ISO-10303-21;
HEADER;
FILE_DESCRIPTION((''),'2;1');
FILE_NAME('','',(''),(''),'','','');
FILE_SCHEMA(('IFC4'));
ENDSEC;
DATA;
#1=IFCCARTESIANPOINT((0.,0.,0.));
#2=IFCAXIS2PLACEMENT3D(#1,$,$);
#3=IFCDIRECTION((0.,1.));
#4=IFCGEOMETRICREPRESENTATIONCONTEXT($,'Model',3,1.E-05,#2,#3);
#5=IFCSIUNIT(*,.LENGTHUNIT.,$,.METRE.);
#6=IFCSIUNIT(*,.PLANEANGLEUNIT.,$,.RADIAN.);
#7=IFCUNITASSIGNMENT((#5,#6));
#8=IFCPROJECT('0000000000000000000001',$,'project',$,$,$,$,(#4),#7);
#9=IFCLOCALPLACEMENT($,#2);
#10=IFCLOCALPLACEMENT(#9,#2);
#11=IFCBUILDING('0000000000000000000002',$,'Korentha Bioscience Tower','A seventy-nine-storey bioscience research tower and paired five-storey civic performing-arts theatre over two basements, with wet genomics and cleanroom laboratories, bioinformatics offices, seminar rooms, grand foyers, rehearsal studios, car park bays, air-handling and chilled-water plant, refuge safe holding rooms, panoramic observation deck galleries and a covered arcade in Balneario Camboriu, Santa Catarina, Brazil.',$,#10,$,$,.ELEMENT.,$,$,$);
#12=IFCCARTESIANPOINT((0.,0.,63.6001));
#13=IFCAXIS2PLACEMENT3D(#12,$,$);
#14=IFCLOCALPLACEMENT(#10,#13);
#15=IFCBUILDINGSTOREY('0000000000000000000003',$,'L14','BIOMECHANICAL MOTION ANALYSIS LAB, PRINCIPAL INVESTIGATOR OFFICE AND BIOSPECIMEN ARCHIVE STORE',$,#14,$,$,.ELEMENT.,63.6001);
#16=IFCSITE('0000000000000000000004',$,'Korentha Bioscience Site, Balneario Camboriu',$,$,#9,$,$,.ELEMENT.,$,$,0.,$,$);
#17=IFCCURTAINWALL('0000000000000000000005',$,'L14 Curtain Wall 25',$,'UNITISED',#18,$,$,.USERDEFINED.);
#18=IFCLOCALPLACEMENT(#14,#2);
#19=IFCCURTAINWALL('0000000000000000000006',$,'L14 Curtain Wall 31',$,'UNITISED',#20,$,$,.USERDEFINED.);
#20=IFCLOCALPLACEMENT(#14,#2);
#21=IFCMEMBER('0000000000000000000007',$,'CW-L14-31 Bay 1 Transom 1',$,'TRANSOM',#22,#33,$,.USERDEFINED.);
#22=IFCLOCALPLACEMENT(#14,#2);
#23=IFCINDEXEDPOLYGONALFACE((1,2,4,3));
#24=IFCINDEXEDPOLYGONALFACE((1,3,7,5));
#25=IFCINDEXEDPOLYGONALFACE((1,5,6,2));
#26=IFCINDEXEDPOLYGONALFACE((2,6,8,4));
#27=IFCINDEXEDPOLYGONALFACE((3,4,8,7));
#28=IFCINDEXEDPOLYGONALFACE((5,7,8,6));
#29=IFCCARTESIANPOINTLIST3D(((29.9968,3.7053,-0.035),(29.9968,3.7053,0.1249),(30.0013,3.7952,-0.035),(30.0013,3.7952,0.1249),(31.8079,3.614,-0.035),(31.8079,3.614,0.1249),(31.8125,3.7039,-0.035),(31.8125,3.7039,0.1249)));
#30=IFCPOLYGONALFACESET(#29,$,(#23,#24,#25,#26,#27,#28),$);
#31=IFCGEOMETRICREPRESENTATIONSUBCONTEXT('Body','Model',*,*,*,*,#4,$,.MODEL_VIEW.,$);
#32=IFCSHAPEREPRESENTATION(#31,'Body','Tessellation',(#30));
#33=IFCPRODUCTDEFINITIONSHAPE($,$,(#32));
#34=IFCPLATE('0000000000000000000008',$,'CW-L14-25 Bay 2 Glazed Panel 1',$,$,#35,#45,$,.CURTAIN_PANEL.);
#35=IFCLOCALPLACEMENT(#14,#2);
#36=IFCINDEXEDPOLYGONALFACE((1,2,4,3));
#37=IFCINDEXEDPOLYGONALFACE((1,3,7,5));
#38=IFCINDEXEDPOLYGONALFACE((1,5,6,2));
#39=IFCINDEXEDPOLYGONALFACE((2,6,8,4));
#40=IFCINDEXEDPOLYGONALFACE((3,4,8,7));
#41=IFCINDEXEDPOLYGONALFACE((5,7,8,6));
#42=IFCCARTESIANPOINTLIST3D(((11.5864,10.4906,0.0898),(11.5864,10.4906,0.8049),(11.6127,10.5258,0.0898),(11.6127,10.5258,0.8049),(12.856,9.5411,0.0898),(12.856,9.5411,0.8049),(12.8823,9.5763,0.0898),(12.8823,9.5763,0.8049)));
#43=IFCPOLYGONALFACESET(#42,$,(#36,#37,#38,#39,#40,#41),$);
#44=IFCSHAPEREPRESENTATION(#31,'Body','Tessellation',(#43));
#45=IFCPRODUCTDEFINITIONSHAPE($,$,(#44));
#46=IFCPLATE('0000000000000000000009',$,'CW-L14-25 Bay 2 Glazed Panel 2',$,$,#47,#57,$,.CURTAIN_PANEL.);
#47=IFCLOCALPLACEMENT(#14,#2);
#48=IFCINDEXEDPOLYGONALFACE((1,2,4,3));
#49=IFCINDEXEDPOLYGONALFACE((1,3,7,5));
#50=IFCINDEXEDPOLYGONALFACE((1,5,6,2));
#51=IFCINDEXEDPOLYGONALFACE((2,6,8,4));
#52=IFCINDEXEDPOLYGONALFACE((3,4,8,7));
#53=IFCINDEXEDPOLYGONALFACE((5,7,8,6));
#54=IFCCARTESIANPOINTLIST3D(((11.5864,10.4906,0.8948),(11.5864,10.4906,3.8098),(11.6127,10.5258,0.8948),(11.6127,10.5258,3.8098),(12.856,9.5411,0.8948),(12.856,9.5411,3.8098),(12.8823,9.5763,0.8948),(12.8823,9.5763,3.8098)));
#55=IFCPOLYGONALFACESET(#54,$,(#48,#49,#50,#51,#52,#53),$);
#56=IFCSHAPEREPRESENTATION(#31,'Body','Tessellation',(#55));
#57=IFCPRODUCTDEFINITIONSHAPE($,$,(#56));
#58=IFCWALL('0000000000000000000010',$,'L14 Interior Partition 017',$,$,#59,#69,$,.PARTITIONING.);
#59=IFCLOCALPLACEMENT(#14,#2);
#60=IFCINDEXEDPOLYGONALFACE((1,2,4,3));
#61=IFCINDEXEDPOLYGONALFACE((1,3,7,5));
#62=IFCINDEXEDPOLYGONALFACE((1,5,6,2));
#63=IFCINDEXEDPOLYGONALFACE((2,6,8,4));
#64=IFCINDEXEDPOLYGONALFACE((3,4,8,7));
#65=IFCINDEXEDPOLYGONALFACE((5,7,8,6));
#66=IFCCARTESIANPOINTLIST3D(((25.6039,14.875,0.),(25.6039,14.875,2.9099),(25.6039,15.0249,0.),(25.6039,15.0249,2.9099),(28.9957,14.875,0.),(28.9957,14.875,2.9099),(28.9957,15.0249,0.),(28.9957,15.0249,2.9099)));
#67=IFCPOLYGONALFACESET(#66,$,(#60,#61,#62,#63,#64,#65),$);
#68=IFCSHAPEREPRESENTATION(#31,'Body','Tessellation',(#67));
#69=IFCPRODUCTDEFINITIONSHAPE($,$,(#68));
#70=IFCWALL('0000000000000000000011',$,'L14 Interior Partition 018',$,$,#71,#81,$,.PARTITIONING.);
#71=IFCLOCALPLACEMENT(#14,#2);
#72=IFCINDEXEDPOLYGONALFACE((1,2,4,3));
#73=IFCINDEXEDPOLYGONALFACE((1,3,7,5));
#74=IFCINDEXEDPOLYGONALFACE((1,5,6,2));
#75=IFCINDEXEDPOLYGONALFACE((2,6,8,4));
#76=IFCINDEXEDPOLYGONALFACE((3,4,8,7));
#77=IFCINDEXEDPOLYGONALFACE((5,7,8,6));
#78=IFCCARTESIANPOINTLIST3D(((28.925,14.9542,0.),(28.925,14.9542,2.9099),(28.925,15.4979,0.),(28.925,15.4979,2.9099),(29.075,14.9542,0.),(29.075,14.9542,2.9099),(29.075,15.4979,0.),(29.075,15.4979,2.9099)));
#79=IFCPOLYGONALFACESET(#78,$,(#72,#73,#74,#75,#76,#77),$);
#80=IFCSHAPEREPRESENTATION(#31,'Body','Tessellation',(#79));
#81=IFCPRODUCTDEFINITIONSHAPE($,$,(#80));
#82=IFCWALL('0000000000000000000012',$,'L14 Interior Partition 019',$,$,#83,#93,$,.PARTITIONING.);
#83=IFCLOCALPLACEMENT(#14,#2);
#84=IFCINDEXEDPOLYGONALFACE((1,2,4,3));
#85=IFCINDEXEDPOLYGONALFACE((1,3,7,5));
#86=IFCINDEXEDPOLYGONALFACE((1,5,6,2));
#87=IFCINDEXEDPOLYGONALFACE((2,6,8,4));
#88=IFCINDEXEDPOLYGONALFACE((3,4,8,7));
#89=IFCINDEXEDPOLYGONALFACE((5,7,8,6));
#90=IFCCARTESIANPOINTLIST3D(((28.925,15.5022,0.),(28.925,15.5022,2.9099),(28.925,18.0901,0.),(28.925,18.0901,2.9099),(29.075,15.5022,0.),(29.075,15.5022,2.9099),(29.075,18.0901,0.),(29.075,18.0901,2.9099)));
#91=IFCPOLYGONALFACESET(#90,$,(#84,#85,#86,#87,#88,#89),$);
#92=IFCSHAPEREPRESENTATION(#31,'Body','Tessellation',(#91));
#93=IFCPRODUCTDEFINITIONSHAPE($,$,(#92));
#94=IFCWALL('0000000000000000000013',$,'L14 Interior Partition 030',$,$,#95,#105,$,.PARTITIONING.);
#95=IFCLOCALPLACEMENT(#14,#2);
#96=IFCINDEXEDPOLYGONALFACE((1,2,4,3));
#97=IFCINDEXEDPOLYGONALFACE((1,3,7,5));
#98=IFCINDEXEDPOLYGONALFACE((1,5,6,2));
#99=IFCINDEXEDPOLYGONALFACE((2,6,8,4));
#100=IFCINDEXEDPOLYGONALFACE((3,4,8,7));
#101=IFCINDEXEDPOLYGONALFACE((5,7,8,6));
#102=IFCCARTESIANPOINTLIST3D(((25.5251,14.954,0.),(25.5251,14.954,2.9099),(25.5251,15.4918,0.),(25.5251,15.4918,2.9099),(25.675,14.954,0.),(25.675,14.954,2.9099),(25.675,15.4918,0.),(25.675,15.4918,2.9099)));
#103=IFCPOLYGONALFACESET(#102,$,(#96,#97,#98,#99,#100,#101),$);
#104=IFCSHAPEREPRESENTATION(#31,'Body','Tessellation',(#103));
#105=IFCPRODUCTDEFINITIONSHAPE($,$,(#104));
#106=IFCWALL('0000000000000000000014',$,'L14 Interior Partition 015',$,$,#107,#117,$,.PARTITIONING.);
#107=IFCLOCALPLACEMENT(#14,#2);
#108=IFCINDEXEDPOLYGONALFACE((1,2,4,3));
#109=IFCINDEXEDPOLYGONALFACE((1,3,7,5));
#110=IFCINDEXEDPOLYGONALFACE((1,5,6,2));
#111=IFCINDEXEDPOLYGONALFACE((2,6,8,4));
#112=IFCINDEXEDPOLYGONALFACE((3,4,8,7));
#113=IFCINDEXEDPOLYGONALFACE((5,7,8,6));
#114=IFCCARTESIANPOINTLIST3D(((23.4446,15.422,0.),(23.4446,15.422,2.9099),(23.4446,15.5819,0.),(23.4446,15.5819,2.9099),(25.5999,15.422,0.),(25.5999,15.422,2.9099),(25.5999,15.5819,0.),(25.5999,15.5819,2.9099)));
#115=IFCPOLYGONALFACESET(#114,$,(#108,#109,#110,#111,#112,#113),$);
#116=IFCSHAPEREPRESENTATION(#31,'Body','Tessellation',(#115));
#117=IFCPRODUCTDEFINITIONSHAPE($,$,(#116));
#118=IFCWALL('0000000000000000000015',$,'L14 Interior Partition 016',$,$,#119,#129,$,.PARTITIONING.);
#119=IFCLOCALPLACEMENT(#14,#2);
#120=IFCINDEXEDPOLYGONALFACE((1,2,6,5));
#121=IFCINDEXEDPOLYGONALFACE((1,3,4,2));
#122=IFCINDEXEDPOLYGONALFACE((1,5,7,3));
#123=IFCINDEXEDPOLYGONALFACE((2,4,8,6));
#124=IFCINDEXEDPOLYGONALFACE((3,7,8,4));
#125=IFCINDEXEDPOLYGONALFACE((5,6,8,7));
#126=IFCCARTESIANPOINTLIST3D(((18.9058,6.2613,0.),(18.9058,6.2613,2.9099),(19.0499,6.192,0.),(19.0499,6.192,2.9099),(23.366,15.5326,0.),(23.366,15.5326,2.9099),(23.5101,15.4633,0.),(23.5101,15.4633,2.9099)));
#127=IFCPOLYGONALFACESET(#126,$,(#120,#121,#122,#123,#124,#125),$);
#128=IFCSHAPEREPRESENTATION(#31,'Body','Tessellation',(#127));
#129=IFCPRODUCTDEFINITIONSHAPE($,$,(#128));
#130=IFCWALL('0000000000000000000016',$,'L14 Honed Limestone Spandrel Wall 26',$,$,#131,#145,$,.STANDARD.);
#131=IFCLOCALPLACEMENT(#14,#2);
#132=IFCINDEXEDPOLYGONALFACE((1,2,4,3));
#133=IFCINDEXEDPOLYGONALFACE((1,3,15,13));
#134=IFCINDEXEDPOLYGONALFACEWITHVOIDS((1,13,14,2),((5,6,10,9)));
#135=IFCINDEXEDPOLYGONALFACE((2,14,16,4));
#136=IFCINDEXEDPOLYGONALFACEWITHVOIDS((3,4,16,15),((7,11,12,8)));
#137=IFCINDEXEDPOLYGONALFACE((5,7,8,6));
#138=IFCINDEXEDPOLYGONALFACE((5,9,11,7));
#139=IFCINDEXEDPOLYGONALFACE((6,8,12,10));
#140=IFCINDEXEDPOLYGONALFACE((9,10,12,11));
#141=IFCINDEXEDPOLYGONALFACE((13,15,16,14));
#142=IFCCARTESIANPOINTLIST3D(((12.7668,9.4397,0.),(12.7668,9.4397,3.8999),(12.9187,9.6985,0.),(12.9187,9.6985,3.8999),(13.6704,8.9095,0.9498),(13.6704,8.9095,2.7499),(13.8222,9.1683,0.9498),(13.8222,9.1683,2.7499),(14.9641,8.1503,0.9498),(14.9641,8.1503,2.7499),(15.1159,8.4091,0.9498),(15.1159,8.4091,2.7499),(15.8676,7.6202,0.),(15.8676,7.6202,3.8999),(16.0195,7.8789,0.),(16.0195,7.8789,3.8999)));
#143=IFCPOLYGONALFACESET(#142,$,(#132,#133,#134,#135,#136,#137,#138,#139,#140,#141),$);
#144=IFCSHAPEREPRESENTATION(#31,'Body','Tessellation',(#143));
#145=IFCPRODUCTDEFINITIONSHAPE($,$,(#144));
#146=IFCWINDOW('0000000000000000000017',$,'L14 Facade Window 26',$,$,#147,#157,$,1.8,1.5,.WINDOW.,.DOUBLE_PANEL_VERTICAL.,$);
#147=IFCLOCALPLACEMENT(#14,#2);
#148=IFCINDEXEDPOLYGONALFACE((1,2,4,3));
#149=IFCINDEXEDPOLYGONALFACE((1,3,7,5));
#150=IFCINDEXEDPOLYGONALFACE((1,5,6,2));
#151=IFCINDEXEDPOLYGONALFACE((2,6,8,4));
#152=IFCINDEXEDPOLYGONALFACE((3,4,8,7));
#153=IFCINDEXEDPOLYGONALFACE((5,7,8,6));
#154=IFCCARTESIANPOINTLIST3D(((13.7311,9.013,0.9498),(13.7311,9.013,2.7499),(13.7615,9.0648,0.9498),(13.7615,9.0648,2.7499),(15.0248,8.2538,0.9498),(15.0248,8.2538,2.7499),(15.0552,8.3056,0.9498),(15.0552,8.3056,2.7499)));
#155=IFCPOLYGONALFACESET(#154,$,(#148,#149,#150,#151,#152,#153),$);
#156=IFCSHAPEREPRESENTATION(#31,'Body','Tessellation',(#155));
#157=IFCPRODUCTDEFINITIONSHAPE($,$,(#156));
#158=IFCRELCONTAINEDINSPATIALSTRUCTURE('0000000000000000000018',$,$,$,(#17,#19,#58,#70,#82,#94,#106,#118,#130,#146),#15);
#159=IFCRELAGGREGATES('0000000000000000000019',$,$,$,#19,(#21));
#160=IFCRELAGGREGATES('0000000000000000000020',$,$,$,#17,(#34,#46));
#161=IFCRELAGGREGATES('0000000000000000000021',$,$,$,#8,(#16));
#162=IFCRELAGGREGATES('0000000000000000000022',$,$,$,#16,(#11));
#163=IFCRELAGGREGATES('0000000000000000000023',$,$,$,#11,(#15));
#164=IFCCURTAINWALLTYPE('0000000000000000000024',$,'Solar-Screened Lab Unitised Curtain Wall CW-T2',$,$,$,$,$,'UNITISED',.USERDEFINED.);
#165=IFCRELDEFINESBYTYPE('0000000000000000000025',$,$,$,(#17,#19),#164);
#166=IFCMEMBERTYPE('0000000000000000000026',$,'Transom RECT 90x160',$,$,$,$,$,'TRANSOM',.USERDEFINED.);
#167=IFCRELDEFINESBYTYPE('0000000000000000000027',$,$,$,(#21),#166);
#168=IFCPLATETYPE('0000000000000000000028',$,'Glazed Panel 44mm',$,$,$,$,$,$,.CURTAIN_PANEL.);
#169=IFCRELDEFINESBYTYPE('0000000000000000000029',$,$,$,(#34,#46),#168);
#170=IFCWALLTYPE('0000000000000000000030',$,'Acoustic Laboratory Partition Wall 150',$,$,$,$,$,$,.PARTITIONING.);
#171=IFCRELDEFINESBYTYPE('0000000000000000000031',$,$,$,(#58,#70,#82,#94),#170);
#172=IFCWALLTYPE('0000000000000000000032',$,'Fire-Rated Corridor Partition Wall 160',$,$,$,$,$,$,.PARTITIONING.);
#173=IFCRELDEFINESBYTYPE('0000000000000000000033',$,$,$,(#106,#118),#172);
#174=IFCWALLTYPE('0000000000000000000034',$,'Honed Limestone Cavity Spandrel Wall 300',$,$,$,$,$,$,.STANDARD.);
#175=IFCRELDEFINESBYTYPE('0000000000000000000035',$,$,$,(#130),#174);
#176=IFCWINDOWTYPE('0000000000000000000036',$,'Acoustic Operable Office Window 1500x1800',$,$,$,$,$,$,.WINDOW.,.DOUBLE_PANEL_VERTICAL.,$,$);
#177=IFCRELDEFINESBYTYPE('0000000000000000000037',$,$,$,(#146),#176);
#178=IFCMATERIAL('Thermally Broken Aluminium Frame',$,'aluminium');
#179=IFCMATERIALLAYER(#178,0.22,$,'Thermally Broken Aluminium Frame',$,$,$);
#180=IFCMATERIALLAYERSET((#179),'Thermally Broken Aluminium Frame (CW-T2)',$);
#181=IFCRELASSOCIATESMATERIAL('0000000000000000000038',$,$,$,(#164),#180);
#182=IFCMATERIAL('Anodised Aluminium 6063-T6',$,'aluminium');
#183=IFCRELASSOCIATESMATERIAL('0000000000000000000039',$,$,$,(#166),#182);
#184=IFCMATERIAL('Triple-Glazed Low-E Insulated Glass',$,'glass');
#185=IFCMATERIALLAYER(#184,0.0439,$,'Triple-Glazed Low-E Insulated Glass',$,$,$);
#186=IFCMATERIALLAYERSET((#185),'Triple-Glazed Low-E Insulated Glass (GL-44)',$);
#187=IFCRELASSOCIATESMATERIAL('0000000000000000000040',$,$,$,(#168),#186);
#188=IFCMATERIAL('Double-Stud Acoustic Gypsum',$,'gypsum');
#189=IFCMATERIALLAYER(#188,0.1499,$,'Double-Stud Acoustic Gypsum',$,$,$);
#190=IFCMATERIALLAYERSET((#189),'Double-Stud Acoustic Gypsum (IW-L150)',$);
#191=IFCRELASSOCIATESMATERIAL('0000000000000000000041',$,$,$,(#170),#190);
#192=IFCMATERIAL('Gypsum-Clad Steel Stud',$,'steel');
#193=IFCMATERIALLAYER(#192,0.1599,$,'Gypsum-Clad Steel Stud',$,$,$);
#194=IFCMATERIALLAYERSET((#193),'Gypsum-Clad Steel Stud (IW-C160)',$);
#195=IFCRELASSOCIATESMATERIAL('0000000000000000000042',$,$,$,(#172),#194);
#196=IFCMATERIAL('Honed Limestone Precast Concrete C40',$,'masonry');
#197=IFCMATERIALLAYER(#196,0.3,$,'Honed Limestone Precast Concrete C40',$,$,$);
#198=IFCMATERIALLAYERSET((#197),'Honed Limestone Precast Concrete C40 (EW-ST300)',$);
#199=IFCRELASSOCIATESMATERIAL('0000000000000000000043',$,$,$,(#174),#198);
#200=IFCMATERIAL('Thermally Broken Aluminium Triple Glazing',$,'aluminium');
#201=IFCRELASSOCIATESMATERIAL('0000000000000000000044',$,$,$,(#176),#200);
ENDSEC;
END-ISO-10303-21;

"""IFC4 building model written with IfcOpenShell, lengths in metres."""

from ifc_helpers import new_model, si_unit, direction, frame, frame_2d, origin, origin_2d, place, context, subcontext, project, spatial, rectangle, extrude, material, layer, layer_set, material_profile, profile_set, type_object, element, fill, aggregate, save


model = new_model("IFC4")

# Units and contexts
model_context = context("Model", 3, precision=1e-05, world=origin(), true_north=direction((0.0, 1.0)))
body_context = subcontext(model_context, "Body", "Model", "MODEL_VIEW")
ifc_project = project(units=[si_unit("LENGTHUNIT", "METRE"), si_unit("PLANEANGLEUNIT", "RADIAN")], contexts=[model_context])

# Site, building, storey
site_placement = place(None, origin())
site = spatial("IfcSite", under=ifc_project, at=site_placement, Name="Korentha Bioscience Site, Balneario Camboriu", CompositionType="ELEMENT", RefElevation=0.0)
building_placement = place(site_placement, origin())
building = spatial("IfcBuilding", under=site, at=building_placement, Name="Korentha Bioscience Tower", Description="A seventy-nine-storey bioscience research tower and paired five-storey civic performing-arts theatre over two basements, with wet genomics and cleanroom laboratories, bioinformatics offices, seminar rooms, grand foyers, rehearsal studios, car park bays, air-handling and chilled-water plant, refuge safe holding rooms, panoramic observation deck galleries and a covered arcade in Balneario Camboriu, Santa Catarina, Brazil.", CompositionType="ELEMENT")
storey_placement = place(building_placement, frame((0.0, 0.0, 63.6001)))
storey = spatial("IfcBuildingStorey", under=building, at=storey_placement, Name="L14", Description="BIOMECHANICAL MOTION ANALYSIS LAB, PRINCIPAL INVESTIGATOR OFFICE AND BIOSPECIMEN ARCHIVE STORE", CompositionType="ELEMENT", Elevation=63.6001)

# Curtain walls
ifc_material_1 = material(Name="Thermally Broken Aluminium Frame", Category="aluminium")
ifc_layer_1 = layer(ifc_material_1, 0.22, Name="Thermally Broken Aluminium Frame")
ifc_layer_set_1 = layer_set([ifc_layer_1], Name="Thermally Broken Aluminium Frame (CW-T2)")
curtain_wall_type = type_object("IfcCurtainWallType", Name="Solar-Screened Lab Unitised Curtain Wall CW-T2", ElementType="UNITISED", PredefinedType="USERDEFINED", material=ifc_layer_set_1)
curtain_wall_1_placement = place(storey_placement, origin())
curtain_wall_1 = element("IfcCurtainWall", 1, at=curtain_wall_1_placement, inside=storey, type_object=curtain_wall_type, Name="L14 Curtain Wall 25", ObjectType="UNITISED", PredefinedType="USERDEFINED")
ifc_material_2 = material(Name="Anodised Aluminium 6063-T6", Category="aluminium")
curtain_wall_2_placement = place(storey_placement, origin())
curtain_wall_2 = element("IfcCurtainWall", 2, at=curtain_wall_2_placement, inside=storey, type_object=curtain_wall_type, Name="L14 Curtain Wall 31", ObjectType="UNITISED", PredefinedType="USERDEFINED")

# Member
ifc_material_profile_1 = material_profile(ifc_material_2, rectangle(XDim=0.0901, YDim=0.1599, at=origin_2d()), Name="Anodised Aluminium 6063-T6")
ifc_profile_set_1 = profile_set([ifc_material_profile_1], Name="Anodised Aluminium 6063-T6 (CW-TRN)")
member_type_1 = type_object("IfcMemberType", Name="Transom RECT 90x160", ElementType="TRANSOM", PredefinedType="USERDEFINED", material=ifc_profile_set_1)
member_1_placement = place(storey_placement, frame((29.999, 3.7502, 0.0449), z_axis=(0.998732, -0.050347, 0.0), x_axis=(0.050347, 0.998732, 0.0)))
member_1 = element("IfcMember", 3, at=member_1_placement, type_object=member_type_1, Name="CW-L14-31 Bay 1 Transom 1", ObjectType="TRANSOM", PredefinedType="USERDEFINED", context=body_context, shape_type="SweptSolid", body=[
    extrude(rectangle(XDim=0.0901, YDim=0.1599, at=origin_2d()), origin(), (0.0, 0.0, 1.0), 1.8135),
])
aggregate(curtain_wall_2, [member_1])

# Plates
ifc_material_3 = material(Name="Triple-Glazed Low-E Insulated Glass", Category="glass")
ifc_layer_2 = layer(ifc_material_3, 0.0439, Name="Triple-Glazed Low-E Insulated Glass")
ifc_layer_set_2 = layer_set([ifc_layer_2], Name="Triple-Glazed Low-E Insulated Glass (GL-44)")
plate_type = type_object("IfcPlateType", Name="Glazed Panel 44mm", PredefinedType="CURTAIN_PANEL", material=ifc_layer_set_2)
plate_1_placement = place(storey_placement, frame((12.2344, 10.0334, 0.0898), z_axis=(0.0, 0.0, 1.0), x_axis=(0.800798, -0.598935, 0.0)))
plate_1 = element("IfcPlate", 4, at=plate_1_placement, type_object=plate_type, Name="CW-L14-25 Bay 2 Glazed Panel 1", PredefinedType="CURTAIN_PANEL", context=body_context, shape_type="SweptSolid", body=[
    extrude(rectangle(XDim=1.5854, YDim=0.0439, at=origin_2d()), origin(), (0.0, 0.0, 1.0), 0.7151),
])
plate_2_placement = place(storey_placement, frame((12.2344, 10.0334, 0.8948), z_axis=(0.0, 0.0, 1.0), x_axis=(0.800798, -0.598935, 0.0)))
plate_2 = element("IfcPlate", 5, at=plate_2_placement, type_object=plate_type, Name="CW-L14-25 Bay 2 Glazed Panel 2", PredefinedType="CURTAIN_PANEL", context=body_context, shape_type="SweptSolid", body=[
    extrude(rectangle(XDim=1.5854, YDim=0.0439, at=origin_2d()), origin(), (0.0, 0.0, 1.0), 2.915),
])
aggregate(curtain_wall_1, [plate_1, plate_2])

# Walls
ifc_material_4 = material(Name="Double-Stud Acoustic Gypsum", Category="gypsum")
ifc_layer_3 = layer(ifc_material_4, 0.1499, Name="Double-Stud Acoustic Gypsum")
ifc_layer_set_3 = layer_set([ifc_layer_3], Name="Double-Stud Acoustic Gypsum (IW-L150)")
wall_type_1 = type_object("IfcWallType", Name="Acoustic Laboratory Partition Wall 150", PredefinedType="PARTITIONING", material=ifc_layer_set_3)
wall_1_placement = place(storey_placement, frame((25.604, 14.95, 0.0), z_axis=(0.0, 0.0, 1.0), x_axis=(1.0, 0.0, 0.0)))
element("IfcWall", 6, at=wall_1_placement, inside=storey, type_object=wall_type_1, Name="L14 Interior Partition 017", PredefinedType="PARTITIONING", context=body_context, shape_type="SweptSolid", body=[
    extrude(rectangle(XDim=3.3918, YDim=0.1499, at=frame_2d((1.6958, 0.0))), origin(), (0.0, 0.0, 1.0), 2.9099),
])
wall_2_placement = place(storey_placement, frame((29.0, 14.9541, 0.0), z_axis=(0.0, 0.0, 1.0), x_axis=(0.0, 1.0, 0.0)))
element("IfcWall", 7, at=wall_2_placement, inside=storey, type_object=wall_type_1, Name="L14 Interior Partition 018", PredefinedType="PARTITIONING", context=body_context, shape_type="SweptSolid", body=[
    extrude(rectangle(XDim=0.5437, YDim=0.1499, at=frame_2d((0.272, 0.0))), origin(), (0.0, 0.0, 1.0), 2.9099),
])
wall_3_placement = place(storey_placement, frame((29.0, 15.5022, 0.0), z_axis=(0.0, 0.0, 1.0), x_axis=(0.0, 1.0, 0.0)))
element("IfcWall", 8, at=wall_3_placement, inside=storey, type_object=wall_type_1, Name="L14 Interior Partition 019", PredefinedType="PARTITIONING", context=body_context, shape_type="SweptSolid", body=[
    extrude(rectangle(XDim=2.5879, YDim=0.1499, at=frame_2d((1.2939, 0.0))), origin(), (0.0, 0.0, 1.0), 2.9099),
])
wall_4_placement = place(storey_placement, frame((25.6001, 15.4919, 0.0), z_axis=(0.0, 0.0, 1.0), x_axis=(0.0, -1.0, 0.0)))
element("IfcWall", 9, at=wall_4_placement, inside=storey, type_object=wall_type_1, Name="L14 Interior Partition 030", PredefinedType="PARTITIONING", context=body_context, shape_type="SweptSolid", body=[
    extrude(rectangle(XDim=0.5378, YDim=0.1499, at=frame_2d((0.269, 0.0))), origin(), (0.0, 0.0, 1.0), 2.9099),
])
ifc_material_5 = material(Name="Gypsum-Clad Steel Stud", Category="steel")
ifc_layer_4 = layer(ifc_material_5, 0.1599, Name="Gypsum-Clad Steel Stud")
ifc_layer_set_4 = layer_set([ifc_layer_4], Name="Gypsum-Clad Steel Stud (IW-C160)")
wall_type_2 = type_object("IfcWallType", Name="Fire-Rated Corridor Partition Wall 160", PredefinedType="PARTITIONING", material=ifc_layer_set_4)
wall_5_placement = place(storey_placement, frame((25.5999, 15.502, 0.0), z_axis=(0.0, 0.0, 1.0), x_axis=(-1.0, 0.0, 0.0)))
element("IfcWall", 10, at=wall_5_placement, inside=storey, type_object=wall_type_2, Name="L14 Interior Partition 015", PredefinedType="PARTITIONING", context=body_context, shape_type="SweptSolid", body=[
    extrude(rectangle(XDim=2.1553, YDim=0.1599, at=frame_2d((1.0776, 0.0))), origin(), (0.0, 0.0, 1.0), 2.9099),
])
wall_6_placement = place(storey_placement, frame((23.438, 15.4978, 0.0), z_axis=(0.0, 0.0, 1.0), x_axis=(-0.433522, -0.901143, 0.0)))
element("IfcWall", 11, at=wall_6_placement, inside=storey, type_object=wall_type_2, Name="L14 Interior Partition 016", PredefinedType="PARTITIONING", context=body_context, shape_type="SweptSolid", body=[
    extrude(rectangle(XDim=10.2883, YDim=0.1599, at=frame_2d((5.144, 0.0))), origin(), (0.0, 0.0, 1.0), 2.9099),
])

# Wall, opening, window
ifc_material_6 = material(Name="Honed Limestone Precast Concrete C40", Category="masonry")
ifc_layer_5 = layer(ifc_material_6, 0.3, Name="Honed Limestone Precast Concrete C40")
ifc_layer_set_5 = layer_set([ifc_layer_5], Name="Honed Limestone Precast Concrete C40 (EW-ST300)")
wall_type_3 = type_object("IfcWallType", Name="Honed Limestone Cavity Spandrel Wall 300", PredefinedType="STANDARD", material=ifc_layer_set_5)
wall_7_placement = place(storey_placement, frame((12.8428, 9.5691, 0.0), z_axis=(0.0, 0.0, 1.0), x_axis=(0.862473, -0.506103, 0.0)))
wall_7 = element("IfcWall", 12, at=wall_7_placement, inside=storey, type_object=wall_type_3, Name="L14 Honed Limestone Spandrel Wall 26", PredefinedType="STANDARD", context=body_context, shape_type="SweptSolid", body=[
    extrude(rectangle(XDim=3.5952, YDim=0.3, at=frame_2d((1.7976, 0.0))), origin(), (0.0, 0.0, 1.0), 3.8999),
])
opening_1_placement = place(wall_7_placement, frame((1.0476, 0.0, 0.95)))
opening_1 = element("IfcOpeningElement", 13, at=opening_1_placement, cuts=wall_7, PredefinedType="OPENING", context=body_context, shape_type="SweptSolid", body=[
    extrude(rectangle(XDim=1.5, YDim=1.8, at=frame_2d((0.75, 0.8999))), frame((0.0, 0.165, 0.0), z_axis=(0.0, -1.0, 0.0), x_axis=(1.0, 0.0, 0.0)), (0.0, 0.0, 1.0), 0.3298),
])
ifc_material_7 = material(Name="Thermally Broken Aluminium Triple Glazing", Category="aluminium")
window_type = type_object("IfcWindowType", Name="Acoustic Operable Office Window 1500x1800", PartitioningType="DOUBLE_PANEL_VERTICAL", PredefinedType="WINDOW", material=ifc_material_7)
window_1_placement = place(opening_1_placement, origin())
window_1 = element("IfcWindow", 14, at=window_1_placement, inside=storey, type_object=window_type, Name="L14 Facade Window 26", OverallHeight=1.8, OverallWidth=1.5, PartitioningType="DOUBLE_PANEL_VERTICAL", PredefinedType="WINDOW", context=body_context, shape_type="SweptSolid", body=[
    extrude(rectangle(XDim=1.5, YDim=1.8, at=frame_2d((0.75, 0.8999))), frame((0.0, 0.03, 0.0), z_axis=(0.0, -1.0, 0.0), x_axis=(1.0, 0.0, 0.0)), (0.0, 0.0, 1.0), 0.0601),
])
fill(opening_1, window_1)

save(model, "model.ifc")
